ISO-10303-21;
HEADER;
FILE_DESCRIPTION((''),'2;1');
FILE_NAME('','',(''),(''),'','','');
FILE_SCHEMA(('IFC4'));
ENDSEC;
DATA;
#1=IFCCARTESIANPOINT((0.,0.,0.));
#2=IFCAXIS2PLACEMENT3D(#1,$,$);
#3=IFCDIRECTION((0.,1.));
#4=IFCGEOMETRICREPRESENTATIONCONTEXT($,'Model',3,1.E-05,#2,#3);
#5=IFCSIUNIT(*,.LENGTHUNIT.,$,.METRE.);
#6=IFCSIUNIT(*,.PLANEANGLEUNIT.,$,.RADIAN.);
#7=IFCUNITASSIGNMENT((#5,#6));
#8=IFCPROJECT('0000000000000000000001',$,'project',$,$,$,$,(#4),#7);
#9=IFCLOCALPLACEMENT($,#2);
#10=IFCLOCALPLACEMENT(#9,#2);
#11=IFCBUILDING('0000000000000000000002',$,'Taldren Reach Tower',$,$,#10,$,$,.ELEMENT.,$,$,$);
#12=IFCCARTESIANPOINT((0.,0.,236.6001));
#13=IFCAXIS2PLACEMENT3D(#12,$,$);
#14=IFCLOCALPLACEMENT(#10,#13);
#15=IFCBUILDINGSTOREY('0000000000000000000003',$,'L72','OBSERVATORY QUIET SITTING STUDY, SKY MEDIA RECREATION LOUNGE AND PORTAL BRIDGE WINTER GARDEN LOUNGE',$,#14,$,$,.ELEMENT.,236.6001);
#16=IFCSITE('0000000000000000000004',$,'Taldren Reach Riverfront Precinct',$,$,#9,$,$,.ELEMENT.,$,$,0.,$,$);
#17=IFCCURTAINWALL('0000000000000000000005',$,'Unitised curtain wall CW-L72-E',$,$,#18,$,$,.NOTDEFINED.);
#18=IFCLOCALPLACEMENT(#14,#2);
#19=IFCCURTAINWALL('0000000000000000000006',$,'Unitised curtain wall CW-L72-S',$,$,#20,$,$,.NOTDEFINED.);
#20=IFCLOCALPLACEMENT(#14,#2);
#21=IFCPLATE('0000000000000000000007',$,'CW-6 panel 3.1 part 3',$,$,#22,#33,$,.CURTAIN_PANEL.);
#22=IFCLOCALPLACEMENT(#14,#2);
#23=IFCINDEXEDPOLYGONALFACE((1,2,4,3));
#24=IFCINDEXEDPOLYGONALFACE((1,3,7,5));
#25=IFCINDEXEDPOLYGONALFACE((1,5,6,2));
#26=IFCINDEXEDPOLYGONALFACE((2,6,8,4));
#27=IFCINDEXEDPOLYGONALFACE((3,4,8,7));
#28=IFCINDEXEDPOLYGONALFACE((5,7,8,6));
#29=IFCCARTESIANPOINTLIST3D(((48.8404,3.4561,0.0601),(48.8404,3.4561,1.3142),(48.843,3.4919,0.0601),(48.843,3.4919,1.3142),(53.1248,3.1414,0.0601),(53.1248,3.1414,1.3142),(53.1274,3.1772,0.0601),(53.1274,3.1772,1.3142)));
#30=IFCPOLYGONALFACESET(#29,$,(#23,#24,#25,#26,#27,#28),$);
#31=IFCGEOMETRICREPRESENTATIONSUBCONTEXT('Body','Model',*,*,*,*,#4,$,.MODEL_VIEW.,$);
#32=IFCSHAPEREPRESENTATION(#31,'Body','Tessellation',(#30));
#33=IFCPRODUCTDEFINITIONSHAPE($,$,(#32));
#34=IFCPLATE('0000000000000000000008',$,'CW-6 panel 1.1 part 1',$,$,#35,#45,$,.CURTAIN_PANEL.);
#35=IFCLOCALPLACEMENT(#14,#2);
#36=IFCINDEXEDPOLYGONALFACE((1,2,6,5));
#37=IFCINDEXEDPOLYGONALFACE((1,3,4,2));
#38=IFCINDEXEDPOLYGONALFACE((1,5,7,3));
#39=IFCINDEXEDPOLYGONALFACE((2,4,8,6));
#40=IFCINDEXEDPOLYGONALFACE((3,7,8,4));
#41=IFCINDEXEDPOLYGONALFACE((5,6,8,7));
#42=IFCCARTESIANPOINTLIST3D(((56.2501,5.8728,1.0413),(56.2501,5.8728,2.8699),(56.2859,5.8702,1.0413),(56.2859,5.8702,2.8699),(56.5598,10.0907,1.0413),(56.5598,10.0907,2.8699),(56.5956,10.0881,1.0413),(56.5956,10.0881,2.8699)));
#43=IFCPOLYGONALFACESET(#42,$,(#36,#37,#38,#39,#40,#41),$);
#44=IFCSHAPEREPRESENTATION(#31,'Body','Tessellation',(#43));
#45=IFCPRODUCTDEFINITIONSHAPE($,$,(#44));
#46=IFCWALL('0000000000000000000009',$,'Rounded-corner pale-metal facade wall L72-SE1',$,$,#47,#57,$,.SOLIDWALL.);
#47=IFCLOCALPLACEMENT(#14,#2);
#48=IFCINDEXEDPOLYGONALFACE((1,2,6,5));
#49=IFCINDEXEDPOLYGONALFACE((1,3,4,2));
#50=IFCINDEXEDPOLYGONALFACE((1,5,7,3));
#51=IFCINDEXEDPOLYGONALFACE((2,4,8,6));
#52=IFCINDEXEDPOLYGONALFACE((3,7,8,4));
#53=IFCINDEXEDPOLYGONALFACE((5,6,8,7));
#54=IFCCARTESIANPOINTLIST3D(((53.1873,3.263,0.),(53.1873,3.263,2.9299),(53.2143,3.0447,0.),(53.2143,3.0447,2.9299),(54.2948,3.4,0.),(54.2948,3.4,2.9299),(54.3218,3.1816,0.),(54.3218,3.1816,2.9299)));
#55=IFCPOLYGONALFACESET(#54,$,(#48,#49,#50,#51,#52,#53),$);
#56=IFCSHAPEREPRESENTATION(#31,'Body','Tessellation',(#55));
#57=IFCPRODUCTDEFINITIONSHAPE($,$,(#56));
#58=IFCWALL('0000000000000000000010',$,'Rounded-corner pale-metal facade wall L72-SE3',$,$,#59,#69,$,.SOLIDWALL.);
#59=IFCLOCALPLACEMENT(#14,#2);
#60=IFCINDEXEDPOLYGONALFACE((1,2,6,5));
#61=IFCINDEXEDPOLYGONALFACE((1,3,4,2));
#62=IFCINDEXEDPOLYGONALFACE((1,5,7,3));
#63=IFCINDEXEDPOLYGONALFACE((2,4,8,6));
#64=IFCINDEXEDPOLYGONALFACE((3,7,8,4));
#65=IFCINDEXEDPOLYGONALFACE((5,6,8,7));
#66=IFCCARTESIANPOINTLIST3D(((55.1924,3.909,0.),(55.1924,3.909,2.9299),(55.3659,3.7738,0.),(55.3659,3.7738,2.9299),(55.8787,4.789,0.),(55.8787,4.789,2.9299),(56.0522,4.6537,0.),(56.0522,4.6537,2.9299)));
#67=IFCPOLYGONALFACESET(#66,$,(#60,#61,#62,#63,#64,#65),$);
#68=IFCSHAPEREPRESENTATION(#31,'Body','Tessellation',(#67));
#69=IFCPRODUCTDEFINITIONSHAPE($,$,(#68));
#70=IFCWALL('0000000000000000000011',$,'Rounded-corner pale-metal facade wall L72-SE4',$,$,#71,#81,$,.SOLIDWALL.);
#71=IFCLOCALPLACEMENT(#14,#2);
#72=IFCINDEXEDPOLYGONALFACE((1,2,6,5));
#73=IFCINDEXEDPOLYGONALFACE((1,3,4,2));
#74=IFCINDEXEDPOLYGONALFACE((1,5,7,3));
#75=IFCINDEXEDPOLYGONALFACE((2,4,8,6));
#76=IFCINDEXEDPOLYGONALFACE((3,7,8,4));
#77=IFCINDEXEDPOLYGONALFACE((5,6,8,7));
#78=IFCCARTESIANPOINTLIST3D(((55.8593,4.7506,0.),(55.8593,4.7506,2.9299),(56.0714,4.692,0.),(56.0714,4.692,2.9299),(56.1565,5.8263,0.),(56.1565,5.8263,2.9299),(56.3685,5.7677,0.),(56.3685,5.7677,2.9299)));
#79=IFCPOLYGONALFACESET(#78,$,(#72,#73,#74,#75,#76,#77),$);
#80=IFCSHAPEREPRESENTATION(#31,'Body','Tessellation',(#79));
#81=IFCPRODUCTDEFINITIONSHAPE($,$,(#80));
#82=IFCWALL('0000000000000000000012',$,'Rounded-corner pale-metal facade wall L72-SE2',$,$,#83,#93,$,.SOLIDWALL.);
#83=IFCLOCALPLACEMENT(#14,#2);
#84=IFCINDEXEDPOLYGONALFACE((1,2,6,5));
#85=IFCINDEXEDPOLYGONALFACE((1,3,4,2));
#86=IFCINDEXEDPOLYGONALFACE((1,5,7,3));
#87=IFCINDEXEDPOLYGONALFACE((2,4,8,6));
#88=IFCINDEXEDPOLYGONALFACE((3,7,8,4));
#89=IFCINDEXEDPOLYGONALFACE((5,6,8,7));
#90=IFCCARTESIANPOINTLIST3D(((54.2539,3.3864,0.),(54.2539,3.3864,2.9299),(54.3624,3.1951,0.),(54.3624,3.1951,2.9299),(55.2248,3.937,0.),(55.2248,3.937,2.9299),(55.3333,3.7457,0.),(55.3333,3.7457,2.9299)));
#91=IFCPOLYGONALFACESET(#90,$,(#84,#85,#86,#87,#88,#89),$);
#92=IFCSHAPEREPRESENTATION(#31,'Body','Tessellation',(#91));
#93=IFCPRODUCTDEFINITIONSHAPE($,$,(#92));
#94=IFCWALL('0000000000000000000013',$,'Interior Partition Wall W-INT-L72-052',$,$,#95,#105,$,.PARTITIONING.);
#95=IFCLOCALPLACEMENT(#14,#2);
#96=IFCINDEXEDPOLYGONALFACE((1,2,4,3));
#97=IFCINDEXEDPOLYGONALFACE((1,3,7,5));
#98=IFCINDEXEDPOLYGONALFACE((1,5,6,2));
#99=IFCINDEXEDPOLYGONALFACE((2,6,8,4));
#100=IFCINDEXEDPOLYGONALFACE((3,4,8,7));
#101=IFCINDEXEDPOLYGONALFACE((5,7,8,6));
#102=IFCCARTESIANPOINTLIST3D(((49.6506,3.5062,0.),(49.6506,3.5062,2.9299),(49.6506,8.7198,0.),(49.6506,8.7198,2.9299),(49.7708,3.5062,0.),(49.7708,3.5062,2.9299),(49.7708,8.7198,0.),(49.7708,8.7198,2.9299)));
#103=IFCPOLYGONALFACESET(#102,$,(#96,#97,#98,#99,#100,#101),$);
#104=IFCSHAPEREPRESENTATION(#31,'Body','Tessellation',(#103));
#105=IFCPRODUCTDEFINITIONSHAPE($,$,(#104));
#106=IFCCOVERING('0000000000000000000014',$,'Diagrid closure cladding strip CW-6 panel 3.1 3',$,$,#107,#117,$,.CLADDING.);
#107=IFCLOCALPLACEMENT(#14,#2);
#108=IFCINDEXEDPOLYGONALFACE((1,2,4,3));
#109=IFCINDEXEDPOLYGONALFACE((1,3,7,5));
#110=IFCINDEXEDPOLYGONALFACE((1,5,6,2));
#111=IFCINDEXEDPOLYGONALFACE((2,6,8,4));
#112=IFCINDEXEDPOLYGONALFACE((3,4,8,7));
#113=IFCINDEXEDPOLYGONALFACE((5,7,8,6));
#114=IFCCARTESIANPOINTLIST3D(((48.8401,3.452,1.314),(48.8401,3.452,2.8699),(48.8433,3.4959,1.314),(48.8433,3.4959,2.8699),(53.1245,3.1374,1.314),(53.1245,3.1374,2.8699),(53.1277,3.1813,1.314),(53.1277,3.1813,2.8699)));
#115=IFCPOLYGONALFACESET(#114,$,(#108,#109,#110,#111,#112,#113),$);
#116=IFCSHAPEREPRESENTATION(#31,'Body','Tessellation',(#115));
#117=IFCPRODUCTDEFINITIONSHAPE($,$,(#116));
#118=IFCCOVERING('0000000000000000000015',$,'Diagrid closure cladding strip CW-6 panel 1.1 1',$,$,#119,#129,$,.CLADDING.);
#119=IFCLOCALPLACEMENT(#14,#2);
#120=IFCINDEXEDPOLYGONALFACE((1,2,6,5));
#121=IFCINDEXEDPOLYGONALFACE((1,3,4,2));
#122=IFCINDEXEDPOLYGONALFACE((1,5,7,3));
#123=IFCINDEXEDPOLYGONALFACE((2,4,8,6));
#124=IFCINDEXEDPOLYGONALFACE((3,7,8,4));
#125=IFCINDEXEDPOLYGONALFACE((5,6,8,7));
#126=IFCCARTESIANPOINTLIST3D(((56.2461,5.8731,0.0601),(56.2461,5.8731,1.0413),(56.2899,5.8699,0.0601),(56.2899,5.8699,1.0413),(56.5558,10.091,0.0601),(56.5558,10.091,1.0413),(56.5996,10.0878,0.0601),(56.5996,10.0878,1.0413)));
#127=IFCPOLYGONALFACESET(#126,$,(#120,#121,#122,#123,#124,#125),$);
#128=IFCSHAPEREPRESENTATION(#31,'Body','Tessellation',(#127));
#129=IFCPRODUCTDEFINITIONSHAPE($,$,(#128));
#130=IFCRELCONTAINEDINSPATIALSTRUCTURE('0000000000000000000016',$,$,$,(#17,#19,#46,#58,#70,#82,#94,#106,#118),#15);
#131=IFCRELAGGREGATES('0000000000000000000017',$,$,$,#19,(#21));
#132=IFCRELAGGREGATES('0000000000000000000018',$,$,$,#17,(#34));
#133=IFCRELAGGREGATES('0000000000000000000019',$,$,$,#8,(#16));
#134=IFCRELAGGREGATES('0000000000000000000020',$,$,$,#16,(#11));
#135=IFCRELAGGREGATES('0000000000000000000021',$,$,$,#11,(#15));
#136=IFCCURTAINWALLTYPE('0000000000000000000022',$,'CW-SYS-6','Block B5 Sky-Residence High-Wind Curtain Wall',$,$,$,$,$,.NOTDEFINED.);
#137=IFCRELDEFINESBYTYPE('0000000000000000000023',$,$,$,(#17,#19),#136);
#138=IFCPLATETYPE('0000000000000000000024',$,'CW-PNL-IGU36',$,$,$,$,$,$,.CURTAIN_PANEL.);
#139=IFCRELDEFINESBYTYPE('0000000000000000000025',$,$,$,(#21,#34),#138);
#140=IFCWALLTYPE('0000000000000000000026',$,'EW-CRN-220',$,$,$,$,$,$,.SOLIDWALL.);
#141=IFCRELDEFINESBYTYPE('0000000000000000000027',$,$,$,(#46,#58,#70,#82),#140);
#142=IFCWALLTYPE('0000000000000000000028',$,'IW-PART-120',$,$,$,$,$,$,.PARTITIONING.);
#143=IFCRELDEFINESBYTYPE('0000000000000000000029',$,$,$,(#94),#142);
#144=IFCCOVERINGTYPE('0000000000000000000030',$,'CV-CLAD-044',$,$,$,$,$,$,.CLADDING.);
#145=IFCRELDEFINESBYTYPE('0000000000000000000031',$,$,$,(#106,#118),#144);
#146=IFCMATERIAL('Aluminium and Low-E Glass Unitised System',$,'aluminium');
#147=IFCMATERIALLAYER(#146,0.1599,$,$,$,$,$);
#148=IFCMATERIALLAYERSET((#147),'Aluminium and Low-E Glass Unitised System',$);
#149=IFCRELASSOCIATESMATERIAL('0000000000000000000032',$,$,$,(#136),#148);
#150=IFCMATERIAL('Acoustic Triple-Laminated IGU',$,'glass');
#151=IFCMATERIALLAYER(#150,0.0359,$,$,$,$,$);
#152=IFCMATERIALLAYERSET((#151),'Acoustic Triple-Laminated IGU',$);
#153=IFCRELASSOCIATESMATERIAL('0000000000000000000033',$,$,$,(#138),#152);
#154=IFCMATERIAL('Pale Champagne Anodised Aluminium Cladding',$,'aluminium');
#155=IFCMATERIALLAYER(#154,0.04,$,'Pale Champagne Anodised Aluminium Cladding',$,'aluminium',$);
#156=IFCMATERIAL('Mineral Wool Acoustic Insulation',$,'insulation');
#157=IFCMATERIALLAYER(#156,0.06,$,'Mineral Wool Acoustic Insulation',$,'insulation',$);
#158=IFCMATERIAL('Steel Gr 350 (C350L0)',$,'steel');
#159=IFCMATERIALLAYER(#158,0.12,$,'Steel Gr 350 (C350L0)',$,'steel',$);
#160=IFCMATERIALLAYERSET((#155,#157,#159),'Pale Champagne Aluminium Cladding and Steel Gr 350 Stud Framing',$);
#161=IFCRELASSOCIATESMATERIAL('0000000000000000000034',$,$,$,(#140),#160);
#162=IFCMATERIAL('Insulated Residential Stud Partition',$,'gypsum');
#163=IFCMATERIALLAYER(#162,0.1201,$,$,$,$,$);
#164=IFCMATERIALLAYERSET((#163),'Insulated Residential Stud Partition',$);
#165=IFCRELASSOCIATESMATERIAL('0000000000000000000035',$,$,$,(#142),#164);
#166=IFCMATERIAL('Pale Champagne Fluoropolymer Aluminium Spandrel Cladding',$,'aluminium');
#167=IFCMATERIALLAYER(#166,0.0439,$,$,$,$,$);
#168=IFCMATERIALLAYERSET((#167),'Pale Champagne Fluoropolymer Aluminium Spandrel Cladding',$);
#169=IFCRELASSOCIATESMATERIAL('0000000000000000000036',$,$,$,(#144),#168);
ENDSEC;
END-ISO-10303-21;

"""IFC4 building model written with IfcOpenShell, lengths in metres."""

from ifc_helpers import new_model, si_unit, direction, frame, frame_2d, origin, origin_2d, place, context, subcontext, project, spatial, rectangle, extrude, source, transform, mapped, material, layer, layer_set, type_object, element, aggregate, save


model = new_model("IFC4")

# Units and contexts
model_context = context("Model", 3, precision=1e-05, world=origin(), true_north=direction((0.0, 1.0)))
body_context = subcontext(model_context, "Body", "Model", "MODEL_VIEW")
ifc_project = project(units=[si_unit("LENGTHUNIT", "METRE"), si_unit("PLANEANGLEUNIT", "RADIAN")], contexts=[model_context])

# Site, building, storey
site_placement = place(None, origin())
site = spatial("IfcSite", under=ifc_project, at=site_placement, Name="Taldren Reach Riverfront Precinct", CompositionType="ELEMENT", RefElevation=0.0)
building_placement = place(site_placement, origin())
building = spatial("IfcBuilding", under=site, at=building_placement, Name="Taldren Reach Tower", CompositionType="ELEMENT")
storey_placement = place(building_placement, frame((0.0, 0.0, 236.6001)))
storey = spatial("IfcBuildingStorey", under=building, at=storey_placement, Name="L72", Description="OBSERVATORY QUIET SITTING STUDY, SKY MEDIA RECREATION LOUNGE AND PORTAL BRIDGE WINTER GARDEN LOUNGE", CompositionType="ELEMENT", Elevation=236.6001)

# Shared definitions
ifc_material_1 = material(Name="Steel Gr 350 (C350L0)", Category="steel")

# Curtain wall
ifc_material_2 = material(Name="Aluminium and Low-E Glass Unitised System", Category="aluminium")
ifc_layer_1 = layer(ifc_material_2, 0.1599)
ifc_layer_set_1 = layer_set([ifc_layer_1], Name="Aluminium and Low-E Glass Unitised System")
curtain_wall_type = type_object("IfcCurtainWallType", Name="CW-SYS-6", Description="Block B5 Sky-Residence High-Wind Curtain Wall", PredefinedType="NOTDEFINED", material=ifc_layer_set_1)
curtain_wall_1_placement = place(storey_placement, origin())
curtain_wall_1 = element("IfcCurtainWall", 1, at=curtain_wall_1_placement, inside=storey, type_object=curtain_wall_type, Name="Unitised curtain wall CW-L72-E", PredefinedType="NOTDEFINED")

# Curtain wall
curtain_wall_2_placement = place(storey_placement, origin())
curtain_wall_2 = element("IfcCurtainWall", 2, at=curtain_wall_2_placement, inside=storey, type_object=curtain_wall_type, Name="Unitised curtain wall CW-L72-S", PredefinedType="NOTDEFINED")

# Plates
ifc_material_3 = material(Name="Acoustic Triple-Laminated IGU", Category="glass")
ifc_layer_2 = layer(ifc_material_3, 0.0359)
ifc_layer_set_2 = layer_set([ifc_layer_2], Name="Acoustic Triple-Laminated IGU")
plate_type_1 = type_object("IfcPlateType", Name="CW-PNL-IGU36", PredefinedType="CURTAIN_PANEL", material=ifc_layer_set_2)
shared_shape_1 = source(origin(), body_context, "Body", "SweptSolid", [
    extrude(rectangle(XDim=4.2959, YDim=0.0359, at=origin_2d()), origin(), (0.0, 0.0, 1.0), 1.2542),
])
plate_1_placement = place(storey_placement, frame((50.9839, 3.3167, 0.0601), z_axis=(0.0, 0.0, 1.0), x_axis=(0.997314, -0.073238, 0.0)))
plate_1 = element("IfcPlate", 3, at=plate_1_placement, type_object=plate_type_1, Name="CW-6 panel 3.1 part 3", PredefinedType="CURTAIN_PANEL", context=body_context, shape_type="MappedRepresentation", body=[
    mapped(shared_shape_1, transform((0.0, 0.0, 0.0), scale=1.0)),
])
aggregate(curtain_wall_2, [plate_1])
shared_shape_2 = source(origin(), body_context, "Body", "SweptSolid", [
    extrude(rectangle(XDim=4.2292, YDim=0.0359, at=origin_2d()), origin(), (0.0, 0.0, 1.0), 1.8286),
])
plate_2_placement = place(storey_placement, frame((56.4229, 7.9805, 1.0413), z_axis=(0.0, 0.0, 1.0), x_axis=(0.073238, 0.997314, 0.0)))
plate_2 = element("IfcPlate", 4, at=plate_2_placement, type_object=plate_type_1, Name="CW-6 panel 1.1 part 1", PredefinedType="CURTAIN_PANEL", context=body_context, shape_type="MappedRepresentation", body=[
    mapped(shared_shape_2, transform((0.0, 0.0, 0.0), scale=1.0)),
])
aggregate(curtain_wall_1, [plate_2])

# Walls
ifc_material_4 = material(Name="Pale Champagne Anodised Aluminium Cladding", Category="aluminium")
ifc_layer_3 = layer(ifc_material_4, 0.04, Name="Pale Champagne Anodised Aluminium Cladding", Category="aluminium")
ifc_material_5 = material(Name="Mineral Wool Acoustic Insulation", Category="insulation")
ifc_layer_4 = layer(ifc_material_5, 0.06, Name="Mineral Wool Acoustic Insulation", Category="insulation")
ifc_layer_5 = layer(ifc_material_1, 0.12, Name="Steel Gr 350 (C350L0)", Category="steel")
ifc_layer_set_3 = layer_set([ifc_layer_3, ifc_layer_4, ifc_layer_5], Name="Pale Champagne Aluminium Cladding and Steel Gr 350 Stud Framing")
wall_type_1 = type_object("IfcWallType", Name="EW-CRN-220", PredefinedType="SOLIDWALL", material=ifc_layer_set_3)
shared_shape_3 = source(origin(), body_context, "Body", "SweptSolid", [
    extrude(rectangle(XDim=1.116, YDim=0.22, at=frame_2d((0.5581, 0.0))), origin(), (0.0, 0.0, 1.0), 2.9299),
])
for number, where, z_axis, x_axis, name in (
    (5, (53.2007, 3.1538, 0.0), (0.0, 0.0, 1.0), (0.992439, 0.122742, 0.0), "Rounded-corner pale-metal facade wall L72-SE1"),
    (6, (55.2791, 3.8413, 0.0), (0.0, 0.0, 1.0), (0.615015, 0.788515, 0.0), "Rounded-corner pale-metal facade wall L72-SE3"),
    (7, (55.9653, 4.7212, 0.0), (0.0, 0.0, 1.0), (0.266244, 0.963906, 0.0), "Rounded-corner pale-metal facade wall L72-SE4"),
):
    element("IfcWall", number, at=place(storey_placement, frame(where, z_axis=z_axis, x_axis=x_axis)), inside=storey, type_object=wall_type_1, Name=name, PredefinedType="SOLIDWALL", context=body_context, shape_type="MappedRepresentation", body=[
        mapped(shared_shape_3, transform((0.0, 0.0, 0.0), scale=1.0)),
    ])
shared_shape_4 = source(origin(), body_context, "Body", "SweptSolid", [
    extrude(rectangle(XDim=1.1162, YDim=0.22, at=frame_2d((0.5581, 0.0))), origin(), (0.0, 0.0, 1.0), 2.9299),
])
wall_1_placement = place(storey_placement, frame((54.3081, 3.2908, 0.0), z_axis=(0.0, 0.0, 1.0), x_axis=(0.869894, 0.493239, 0.0)))
element("IfcWall", 8, at=wall_1_placement, inside=storey, type_object=wall_type_1, Name="Rounded-corner pale-metal facade wall L72-SE2", PredefinedType="SOLIDWALL", context=body_context, shape_type="MappedRepresentation", body=[
    mapped(shared_shape_4, transform((0.0, 0.0, 0.0), scale=1.0)),
])
ifc_material_6 = material(Name="Insulated Residential Stud Partition", Category="gypsum")
ifc_layer_6 = layer(ifc_material_6, 0.1201)
ifc_layer_set_4 = layer_set([ifc_layer_6], Name="Insulated Residential Stud Partition")
wall_type_2 = type_object("IfcWallType", Name="IW-PART-120", PredefinedType="PARTITIONING", material=ifc_layer_set_4)
shared_shape_5 = source(origin(), body_context, "Body", "SweptSolid", [
    extrude(rectangle(XDim=5.2136, YDim=0.1201, at=frame_2d((2.6069, 0.0))), origin(), (0.0, 0.0, 1.0), 2.9299),
])
wall_2_placement = place(storey_placement, frame((49.7107, 8.72, 0.0), z_axis=(0.0, 0.0, 1.0), x_axis=(0.0, -1.0, 0.0)))
element("IfcWall", 9, at=wall_2_placement, inside=storey, type_object=wall_type_2, Name="Interior Partition Wall W-INT-L72-052", PredefinedType="PARTITIONING", context=body_context, shape_type="MappedRepresentation", body=[
    mapped(shared_shape_5, transform((0.0, 0.0, 0.0), scale=1.0)),
])

# Coverings
ifc_material_7 = material(Name="Pale Champagne Fluoropolymer Aluminium Spandrel Cladding", Category="aluminium")
ifc_layer_7 = layer(ifc_material_7, 0.0439)
ifc_layer_set_5 = layer_set([ifc_layer_7], Name="Pale Champagne Fluoropolymer Aluminium Spandrel Cladding")
covering_type = type_object("IfcCoveringType", Name="CV-CLAD-044", PredefinedType="CLADDING", material=ifc_layer_set_5)
shared_shape_6 = source(origin(), body_context, "Body", "SweptSolid", [
    extrude(rectangle(XDim=4.2959, YDim=0.0439, at=origin_2d()), origin(), (0.0, 0.0, 1.0), 1.5559),
])
covering_1_placement = place(storey_placement, frame((50.9839, 3.3167, 1.314), z_axis=(0.0, 0.0, 1.0), x_axis=(0.997314, -0.073238, 0.0)))
element("IfcCovering", 10, at=covering_1_placement, inside=storey, type_object=covering_type, Name="Diagrid closure cladding strip CW-6 panel 3.1 3", PredefinedType="CLADDING", context=body_context, shape_type="MappedRepresentation", body=[
    mapped(shared_shape_6, transform((0.0, 0.0, 0.0), scale=1.0)),
])
shared_shape_7 = source(origin(), body_context, "Body", "SweptSolid", [
    extrude(rectangle(XDim=4.2292, YDim=0.0439, at=origin_2d()), origin(), (0.0, 0.0, 1.0), 0.9812),
])
covering_2_placement = place(storey_placement, frame((56.4229, 7.9805, 0.0601), z_axis=(0.0, 0.0, 1.0), x_axis=(0.073238, 0.997314, 0.0)))
element("IfcCovering", 11, at=covering_2_placement, inside=storey, type_object=covering_type, Name="Diagrid closure cladding strip CW-6 panel 1.1 1", PredefinedType="CLADDING", context=body_context, shape_type="MappedRepresentation", body=[
    mapped(shared_shape_7, transform((0.0, 0.0, 0.0), scale=1.0)),
])

save(model, "model.ifc")
